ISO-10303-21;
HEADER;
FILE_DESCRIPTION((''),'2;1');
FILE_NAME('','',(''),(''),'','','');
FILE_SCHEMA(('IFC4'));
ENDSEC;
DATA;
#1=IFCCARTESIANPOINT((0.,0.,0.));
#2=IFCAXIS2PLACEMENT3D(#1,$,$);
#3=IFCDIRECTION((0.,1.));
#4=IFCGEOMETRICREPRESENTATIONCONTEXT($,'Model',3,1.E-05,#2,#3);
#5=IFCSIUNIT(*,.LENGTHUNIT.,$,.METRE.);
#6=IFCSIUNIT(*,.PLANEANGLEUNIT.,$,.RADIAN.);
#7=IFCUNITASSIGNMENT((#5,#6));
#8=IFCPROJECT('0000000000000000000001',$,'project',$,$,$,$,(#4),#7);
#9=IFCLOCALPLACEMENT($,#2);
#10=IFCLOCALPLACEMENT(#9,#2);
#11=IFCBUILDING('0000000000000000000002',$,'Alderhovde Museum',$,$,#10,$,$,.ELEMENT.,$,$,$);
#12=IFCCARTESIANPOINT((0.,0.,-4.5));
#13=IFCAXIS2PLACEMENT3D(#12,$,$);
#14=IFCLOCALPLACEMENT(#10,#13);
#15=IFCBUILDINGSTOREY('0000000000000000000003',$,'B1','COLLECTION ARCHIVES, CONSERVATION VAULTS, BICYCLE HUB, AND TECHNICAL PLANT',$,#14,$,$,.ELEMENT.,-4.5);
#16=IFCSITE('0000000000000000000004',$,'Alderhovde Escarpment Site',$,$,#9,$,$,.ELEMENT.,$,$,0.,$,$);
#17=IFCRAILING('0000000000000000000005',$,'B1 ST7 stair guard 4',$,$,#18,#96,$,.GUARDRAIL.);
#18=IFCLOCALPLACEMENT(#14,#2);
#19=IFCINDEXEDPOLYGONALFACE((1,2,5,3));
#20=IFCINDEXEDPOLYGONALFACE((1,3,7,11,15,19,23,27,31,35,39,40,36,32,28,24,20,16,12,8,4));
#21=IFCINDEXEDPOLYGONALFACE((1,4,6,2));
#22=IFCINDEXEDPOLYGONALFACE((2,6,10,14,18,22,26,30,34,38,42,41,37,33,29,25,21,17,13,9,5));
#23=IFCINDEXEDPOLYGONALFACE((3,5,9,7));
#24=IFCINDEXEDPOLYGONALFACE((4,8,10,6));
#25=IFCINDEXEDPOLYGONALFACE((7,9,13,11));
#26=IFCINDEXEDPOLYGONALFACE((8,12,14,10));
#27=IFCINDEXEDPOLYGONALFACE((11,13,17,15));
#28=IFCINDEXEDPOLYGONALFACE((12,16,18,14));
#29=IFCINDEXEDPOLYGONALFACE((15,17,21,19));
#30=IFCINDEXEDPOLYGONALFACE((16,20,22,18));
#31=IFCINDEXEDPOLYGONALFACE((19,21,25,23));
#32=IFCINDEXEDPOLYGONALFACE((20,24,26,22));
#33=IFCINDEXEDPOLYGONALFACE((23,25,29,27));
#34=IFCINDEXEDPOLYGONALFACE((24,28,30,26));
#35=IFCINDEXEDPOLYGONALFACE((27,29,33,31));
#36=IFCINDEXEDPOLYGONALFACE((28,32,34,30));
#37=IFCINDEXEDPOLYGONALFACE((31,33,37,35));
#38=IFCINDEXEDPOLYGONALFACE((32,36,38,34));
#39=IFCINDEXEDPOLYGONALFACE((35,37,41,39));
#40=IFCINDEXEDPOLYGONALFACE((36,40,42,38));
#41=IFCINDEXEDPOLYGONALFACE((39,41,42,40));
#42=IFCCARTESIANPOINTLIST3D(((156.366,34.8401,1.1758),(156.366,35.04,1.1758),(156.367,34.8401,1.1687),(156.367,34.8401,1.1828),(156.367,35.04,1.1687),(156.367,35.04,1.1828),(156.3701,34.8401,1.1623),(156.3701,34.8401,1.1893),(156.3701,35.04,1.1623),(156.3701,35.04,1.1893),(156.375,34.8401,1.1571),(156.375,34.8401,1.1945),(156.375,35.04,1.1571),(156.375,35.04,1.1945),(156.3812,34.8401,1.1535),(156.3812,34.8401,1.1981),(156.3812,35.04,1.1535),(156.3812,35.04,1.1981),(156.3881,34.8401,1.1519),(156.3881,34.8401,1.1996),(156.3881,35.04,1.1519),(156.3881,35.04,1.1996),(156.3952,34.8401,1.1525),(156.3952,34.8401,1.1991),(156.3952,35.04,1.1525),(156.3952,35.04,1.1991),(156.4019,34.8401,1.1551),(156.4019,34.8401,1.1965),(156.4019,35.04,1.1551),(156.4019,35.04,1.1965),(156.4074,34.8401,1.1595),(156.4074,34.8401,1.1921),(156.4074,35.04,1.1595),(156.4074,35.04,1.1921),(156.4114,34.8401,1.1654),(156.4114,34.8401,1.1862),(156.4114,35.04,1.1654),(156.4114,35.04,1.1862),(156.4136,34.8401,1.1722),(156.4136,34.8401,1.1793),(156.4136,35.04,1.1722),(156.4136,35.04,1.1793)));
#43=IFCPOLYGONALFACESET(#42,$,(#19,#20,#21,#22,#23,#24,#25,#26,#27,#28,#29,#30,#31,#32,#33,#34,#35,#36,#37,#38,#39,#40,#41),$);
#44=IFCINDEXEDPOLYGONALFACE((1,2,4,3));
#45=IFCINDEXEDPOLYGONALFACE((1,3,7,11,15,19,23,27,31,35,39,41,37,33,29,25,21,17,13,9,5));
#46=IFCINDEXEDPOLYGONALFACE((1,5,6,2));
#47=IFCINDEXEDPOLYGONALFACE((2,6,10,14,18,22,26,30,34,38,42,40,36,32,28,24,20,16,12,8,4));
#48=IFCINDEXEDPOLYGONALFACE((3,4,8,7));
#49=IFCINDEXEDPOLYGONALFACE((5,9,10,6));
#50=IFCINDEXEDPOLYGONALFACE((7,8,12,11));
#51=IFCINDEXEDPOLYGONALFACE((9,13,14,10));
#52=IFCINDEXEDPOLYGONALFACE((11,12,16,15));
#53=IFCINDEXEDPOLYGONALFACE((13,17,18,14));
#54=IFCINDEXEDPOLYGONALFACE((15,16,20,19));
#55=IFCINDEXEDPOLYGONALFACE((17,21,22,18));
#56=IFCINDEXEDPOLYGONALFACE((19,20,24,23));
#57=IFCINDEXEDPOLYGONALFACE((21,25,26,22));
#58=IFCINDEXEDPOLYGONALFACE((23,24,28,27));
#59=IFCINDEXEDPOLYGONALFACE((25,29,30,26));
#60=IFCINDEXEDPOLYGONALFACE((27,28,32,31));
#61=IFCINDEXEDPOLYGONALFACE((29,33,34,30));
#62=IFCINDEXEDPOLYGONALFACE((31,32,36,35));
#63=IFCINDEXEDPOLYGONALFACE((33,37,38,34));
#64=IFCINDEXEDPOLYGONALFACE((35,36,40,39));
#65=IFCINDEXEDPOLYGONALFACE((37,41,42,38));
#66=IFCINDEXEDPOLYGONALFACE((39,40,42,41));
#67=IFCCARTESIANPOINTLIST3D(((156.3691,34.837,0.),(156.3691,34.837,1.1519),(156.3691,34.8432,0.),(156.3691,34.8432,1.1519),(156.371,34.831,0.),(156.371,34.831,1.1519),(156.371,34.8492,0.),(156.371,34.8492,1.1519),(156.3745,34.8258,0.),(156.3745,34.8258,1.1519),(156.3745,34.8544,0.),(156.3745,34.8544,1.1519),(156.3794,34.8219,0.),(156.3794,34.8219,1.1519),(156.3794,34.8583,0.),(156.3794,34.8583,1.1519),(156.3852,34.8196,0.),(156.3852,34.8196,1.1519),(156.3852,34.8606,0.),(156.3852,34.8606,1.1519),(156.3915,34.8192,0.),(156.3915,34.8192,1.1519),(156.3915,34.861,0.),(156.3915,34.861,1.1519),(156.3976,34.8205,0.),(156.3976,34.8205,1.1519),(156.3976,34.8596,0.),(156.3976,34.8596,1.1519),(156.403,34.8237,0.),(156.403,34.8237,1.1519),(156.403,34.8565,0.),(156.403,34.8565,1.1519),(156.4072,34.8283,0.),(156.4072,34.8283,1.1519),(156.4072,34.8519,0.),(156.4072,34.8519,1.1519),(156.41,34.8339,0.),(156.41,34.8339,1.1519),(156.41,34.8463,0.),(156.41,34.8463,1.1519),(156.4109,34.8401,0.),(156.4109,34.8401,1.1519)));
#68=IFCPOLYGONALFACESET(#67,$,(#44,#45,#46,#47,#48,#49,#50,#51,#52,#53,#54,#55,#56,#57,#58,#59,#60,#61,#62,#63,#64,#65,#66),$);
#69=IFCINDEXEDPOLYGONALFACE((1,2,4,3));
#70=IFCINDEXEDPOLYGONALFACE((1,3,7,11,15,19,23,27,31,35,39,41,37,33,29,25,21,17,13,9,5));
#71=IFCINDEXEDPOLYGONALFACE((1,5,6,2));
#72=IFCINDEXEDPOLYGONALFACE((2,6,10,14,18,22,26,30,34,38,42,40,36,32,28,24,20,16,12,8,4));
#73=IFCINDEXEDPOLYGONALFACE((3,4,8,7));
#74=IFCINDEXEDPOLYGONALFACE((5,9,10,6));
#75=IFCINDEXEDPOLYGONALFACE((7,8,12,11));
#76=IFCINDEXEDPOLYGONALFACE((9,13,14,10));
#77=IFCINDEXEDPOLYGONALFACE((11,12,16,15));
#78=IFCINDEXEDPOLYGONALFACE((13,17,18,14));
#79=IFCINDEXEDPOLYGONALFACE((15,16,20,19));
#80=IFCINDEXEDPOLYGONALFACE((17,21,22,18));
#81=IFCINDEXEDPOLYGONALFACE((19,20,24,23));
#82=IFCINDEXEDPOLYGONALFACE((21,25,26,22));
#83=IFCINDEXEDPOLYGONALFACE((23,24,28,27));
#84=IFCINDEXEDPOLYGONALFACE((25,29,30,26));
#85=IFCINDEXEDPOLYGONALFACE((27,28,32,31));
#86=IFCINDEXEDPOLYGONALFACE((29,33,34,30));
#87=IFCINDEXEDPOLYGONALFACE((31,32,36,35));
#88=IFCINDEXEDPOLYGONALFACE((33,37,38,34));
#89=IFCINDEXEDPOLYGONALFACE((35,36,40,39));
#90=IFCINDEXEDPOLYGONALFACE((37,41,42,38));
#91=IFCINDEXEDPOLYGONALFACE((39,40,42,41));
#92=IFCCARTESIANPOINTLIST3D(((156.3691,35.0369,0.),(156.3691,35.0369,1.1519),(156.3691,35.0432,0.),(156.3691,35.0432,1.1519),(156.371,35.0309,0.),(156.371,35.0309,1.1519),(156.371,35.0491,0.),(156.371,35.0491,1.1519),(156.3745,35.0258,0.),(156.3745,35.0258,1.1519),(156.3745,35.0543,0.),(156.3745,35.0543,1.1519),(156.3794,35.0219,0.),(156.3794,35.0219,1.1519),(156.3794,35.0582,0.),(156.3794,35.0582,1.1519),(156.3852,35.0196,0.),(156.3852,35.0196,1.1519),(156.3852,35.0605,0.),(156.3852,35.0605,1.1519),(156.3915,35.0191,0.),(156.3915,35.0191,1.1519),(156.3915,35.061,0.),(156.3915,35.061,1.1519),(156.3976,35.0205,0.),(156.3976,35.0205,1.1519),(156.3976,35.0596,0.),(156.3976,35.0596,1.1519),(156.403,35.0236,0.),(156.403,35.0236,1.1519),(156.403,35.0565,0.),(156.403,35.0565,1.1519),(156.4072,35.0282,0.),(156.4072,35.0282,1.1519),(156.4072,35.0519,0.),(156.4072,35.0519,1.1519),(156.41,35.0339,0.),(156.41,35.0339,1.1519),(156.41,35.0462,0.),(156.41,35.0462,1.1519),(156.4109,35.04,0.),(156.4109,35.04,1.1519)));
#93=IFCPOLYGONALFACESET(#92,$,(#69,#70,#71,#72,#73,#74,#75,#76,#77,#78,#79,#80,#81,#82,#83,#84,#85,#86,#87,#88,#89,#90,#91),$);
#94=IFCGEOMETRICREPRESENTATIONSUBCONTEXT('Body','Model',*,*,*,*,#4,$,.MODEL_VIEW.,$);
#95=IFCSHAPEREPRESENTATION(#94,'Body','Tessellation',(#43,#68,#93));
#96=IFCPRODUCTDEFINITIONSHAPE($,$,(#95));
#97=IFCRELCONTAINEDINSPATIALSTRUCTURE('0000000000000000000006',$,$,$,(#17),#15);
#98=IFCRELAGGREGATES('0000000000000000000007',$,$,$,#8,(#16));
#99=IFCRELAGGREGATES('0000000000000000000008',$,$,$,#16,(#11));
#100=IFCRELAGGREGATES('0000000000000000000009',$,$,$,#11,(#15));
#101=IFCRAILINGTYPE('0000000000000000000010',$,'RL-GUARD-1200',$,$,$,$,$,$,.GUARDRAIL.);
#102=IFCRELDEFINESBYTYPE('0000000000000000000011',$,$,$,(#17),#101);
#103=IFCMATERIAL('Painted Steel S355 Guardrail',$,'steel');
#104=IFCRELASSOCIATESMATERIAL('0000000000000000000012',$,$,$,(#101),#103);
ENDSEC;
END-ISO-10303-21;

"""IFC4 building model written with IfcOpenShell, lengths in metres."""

from ifc_helpers import new_model, si_unit, direction, frame, origin, origin_2d, place, context, subcontext, project, spatial, circle, extrude, material, type_object, element, save


model = new_model("IFC4")

# Units and contexts
model_context = context("Model", 3, precision=1e-05, world=origin(), true_north=direction((0.0, 1.0)))
body_context = subcontext(model_context, "Body", "Model", "MODEL_VIEW")
ifc_project = project(units=[si_unit("LENGTHUNIT", "METRE"), si_unit("PLANEANGLEUNIT", "RADIAN")], contexts=[model_context])

# Site, building, storey
site_placement = place(None, origin())
site = spatial("IfcSite", under=ifc_project, at=site_placement, Name="Alderhovde Escarpment Site", CompositionType="ELEMENT", RefElevation=0.0)
building_placement = place(site_placement, origin())
building = spatial("IfcBuilding", under=site, at=building_placement, Name="Alderhovde Museum", CompositionType="ELEMENT")
storey_placement = place(building_placement, frame((0.0, 0.0, -4.5)))
storey = spatial("IfcBuildingStorey", under=building, at=storey_placement, Name="B1", Description="COLLECTION ARCHIVES, CONSERVATION VAULTS, BICYCLE HUB, AND TECHNICAL PLANT", CompositionType="ELEMENT", Elevation=-4.5)

# Railing
ifc_material_1 = material(Name="Painted Steel S355 Guardrail", Category="steel")
railing_type_1 = type_object("IfcRailingType", Name="RL-GUARD-1200", PredefinedType="GUARDRAIL", material=ifc_material_1)
railing_1_placement = place(storey_placement, frame((156.3899, 34.8401, 0.0)))
element("IfcRailing", 1, at=railing_1_placement, inside=storey, type_object=railing_type_1, Name="B1 ST7 stair guard 4", PredefinedType="GUARDRAIL", context=body_context, shape_type="SweptSolid", body=[
    extrude(circle(Radius=0.0239, at=origin_2d()), frame((0.0, 0.0, 1.1758), z_axis=(0.0, 1.0, 0.0), x_axis=(-1.0, 0.0, 0.0)), (0.0, 0.0, 1.0), 0.2),
    extrude(circle(Radius=0.021, at=origin_2d()), origin(), (0.0, 0.0, 1.0), 1.1519),
    extrude(circle(Radius=0.021, at=origin_2d()), frame((0.0, 0.2, 0.0)), (0.0, 0.0, 1.0), 1.1519),
])

save(model, "model.ifc")
